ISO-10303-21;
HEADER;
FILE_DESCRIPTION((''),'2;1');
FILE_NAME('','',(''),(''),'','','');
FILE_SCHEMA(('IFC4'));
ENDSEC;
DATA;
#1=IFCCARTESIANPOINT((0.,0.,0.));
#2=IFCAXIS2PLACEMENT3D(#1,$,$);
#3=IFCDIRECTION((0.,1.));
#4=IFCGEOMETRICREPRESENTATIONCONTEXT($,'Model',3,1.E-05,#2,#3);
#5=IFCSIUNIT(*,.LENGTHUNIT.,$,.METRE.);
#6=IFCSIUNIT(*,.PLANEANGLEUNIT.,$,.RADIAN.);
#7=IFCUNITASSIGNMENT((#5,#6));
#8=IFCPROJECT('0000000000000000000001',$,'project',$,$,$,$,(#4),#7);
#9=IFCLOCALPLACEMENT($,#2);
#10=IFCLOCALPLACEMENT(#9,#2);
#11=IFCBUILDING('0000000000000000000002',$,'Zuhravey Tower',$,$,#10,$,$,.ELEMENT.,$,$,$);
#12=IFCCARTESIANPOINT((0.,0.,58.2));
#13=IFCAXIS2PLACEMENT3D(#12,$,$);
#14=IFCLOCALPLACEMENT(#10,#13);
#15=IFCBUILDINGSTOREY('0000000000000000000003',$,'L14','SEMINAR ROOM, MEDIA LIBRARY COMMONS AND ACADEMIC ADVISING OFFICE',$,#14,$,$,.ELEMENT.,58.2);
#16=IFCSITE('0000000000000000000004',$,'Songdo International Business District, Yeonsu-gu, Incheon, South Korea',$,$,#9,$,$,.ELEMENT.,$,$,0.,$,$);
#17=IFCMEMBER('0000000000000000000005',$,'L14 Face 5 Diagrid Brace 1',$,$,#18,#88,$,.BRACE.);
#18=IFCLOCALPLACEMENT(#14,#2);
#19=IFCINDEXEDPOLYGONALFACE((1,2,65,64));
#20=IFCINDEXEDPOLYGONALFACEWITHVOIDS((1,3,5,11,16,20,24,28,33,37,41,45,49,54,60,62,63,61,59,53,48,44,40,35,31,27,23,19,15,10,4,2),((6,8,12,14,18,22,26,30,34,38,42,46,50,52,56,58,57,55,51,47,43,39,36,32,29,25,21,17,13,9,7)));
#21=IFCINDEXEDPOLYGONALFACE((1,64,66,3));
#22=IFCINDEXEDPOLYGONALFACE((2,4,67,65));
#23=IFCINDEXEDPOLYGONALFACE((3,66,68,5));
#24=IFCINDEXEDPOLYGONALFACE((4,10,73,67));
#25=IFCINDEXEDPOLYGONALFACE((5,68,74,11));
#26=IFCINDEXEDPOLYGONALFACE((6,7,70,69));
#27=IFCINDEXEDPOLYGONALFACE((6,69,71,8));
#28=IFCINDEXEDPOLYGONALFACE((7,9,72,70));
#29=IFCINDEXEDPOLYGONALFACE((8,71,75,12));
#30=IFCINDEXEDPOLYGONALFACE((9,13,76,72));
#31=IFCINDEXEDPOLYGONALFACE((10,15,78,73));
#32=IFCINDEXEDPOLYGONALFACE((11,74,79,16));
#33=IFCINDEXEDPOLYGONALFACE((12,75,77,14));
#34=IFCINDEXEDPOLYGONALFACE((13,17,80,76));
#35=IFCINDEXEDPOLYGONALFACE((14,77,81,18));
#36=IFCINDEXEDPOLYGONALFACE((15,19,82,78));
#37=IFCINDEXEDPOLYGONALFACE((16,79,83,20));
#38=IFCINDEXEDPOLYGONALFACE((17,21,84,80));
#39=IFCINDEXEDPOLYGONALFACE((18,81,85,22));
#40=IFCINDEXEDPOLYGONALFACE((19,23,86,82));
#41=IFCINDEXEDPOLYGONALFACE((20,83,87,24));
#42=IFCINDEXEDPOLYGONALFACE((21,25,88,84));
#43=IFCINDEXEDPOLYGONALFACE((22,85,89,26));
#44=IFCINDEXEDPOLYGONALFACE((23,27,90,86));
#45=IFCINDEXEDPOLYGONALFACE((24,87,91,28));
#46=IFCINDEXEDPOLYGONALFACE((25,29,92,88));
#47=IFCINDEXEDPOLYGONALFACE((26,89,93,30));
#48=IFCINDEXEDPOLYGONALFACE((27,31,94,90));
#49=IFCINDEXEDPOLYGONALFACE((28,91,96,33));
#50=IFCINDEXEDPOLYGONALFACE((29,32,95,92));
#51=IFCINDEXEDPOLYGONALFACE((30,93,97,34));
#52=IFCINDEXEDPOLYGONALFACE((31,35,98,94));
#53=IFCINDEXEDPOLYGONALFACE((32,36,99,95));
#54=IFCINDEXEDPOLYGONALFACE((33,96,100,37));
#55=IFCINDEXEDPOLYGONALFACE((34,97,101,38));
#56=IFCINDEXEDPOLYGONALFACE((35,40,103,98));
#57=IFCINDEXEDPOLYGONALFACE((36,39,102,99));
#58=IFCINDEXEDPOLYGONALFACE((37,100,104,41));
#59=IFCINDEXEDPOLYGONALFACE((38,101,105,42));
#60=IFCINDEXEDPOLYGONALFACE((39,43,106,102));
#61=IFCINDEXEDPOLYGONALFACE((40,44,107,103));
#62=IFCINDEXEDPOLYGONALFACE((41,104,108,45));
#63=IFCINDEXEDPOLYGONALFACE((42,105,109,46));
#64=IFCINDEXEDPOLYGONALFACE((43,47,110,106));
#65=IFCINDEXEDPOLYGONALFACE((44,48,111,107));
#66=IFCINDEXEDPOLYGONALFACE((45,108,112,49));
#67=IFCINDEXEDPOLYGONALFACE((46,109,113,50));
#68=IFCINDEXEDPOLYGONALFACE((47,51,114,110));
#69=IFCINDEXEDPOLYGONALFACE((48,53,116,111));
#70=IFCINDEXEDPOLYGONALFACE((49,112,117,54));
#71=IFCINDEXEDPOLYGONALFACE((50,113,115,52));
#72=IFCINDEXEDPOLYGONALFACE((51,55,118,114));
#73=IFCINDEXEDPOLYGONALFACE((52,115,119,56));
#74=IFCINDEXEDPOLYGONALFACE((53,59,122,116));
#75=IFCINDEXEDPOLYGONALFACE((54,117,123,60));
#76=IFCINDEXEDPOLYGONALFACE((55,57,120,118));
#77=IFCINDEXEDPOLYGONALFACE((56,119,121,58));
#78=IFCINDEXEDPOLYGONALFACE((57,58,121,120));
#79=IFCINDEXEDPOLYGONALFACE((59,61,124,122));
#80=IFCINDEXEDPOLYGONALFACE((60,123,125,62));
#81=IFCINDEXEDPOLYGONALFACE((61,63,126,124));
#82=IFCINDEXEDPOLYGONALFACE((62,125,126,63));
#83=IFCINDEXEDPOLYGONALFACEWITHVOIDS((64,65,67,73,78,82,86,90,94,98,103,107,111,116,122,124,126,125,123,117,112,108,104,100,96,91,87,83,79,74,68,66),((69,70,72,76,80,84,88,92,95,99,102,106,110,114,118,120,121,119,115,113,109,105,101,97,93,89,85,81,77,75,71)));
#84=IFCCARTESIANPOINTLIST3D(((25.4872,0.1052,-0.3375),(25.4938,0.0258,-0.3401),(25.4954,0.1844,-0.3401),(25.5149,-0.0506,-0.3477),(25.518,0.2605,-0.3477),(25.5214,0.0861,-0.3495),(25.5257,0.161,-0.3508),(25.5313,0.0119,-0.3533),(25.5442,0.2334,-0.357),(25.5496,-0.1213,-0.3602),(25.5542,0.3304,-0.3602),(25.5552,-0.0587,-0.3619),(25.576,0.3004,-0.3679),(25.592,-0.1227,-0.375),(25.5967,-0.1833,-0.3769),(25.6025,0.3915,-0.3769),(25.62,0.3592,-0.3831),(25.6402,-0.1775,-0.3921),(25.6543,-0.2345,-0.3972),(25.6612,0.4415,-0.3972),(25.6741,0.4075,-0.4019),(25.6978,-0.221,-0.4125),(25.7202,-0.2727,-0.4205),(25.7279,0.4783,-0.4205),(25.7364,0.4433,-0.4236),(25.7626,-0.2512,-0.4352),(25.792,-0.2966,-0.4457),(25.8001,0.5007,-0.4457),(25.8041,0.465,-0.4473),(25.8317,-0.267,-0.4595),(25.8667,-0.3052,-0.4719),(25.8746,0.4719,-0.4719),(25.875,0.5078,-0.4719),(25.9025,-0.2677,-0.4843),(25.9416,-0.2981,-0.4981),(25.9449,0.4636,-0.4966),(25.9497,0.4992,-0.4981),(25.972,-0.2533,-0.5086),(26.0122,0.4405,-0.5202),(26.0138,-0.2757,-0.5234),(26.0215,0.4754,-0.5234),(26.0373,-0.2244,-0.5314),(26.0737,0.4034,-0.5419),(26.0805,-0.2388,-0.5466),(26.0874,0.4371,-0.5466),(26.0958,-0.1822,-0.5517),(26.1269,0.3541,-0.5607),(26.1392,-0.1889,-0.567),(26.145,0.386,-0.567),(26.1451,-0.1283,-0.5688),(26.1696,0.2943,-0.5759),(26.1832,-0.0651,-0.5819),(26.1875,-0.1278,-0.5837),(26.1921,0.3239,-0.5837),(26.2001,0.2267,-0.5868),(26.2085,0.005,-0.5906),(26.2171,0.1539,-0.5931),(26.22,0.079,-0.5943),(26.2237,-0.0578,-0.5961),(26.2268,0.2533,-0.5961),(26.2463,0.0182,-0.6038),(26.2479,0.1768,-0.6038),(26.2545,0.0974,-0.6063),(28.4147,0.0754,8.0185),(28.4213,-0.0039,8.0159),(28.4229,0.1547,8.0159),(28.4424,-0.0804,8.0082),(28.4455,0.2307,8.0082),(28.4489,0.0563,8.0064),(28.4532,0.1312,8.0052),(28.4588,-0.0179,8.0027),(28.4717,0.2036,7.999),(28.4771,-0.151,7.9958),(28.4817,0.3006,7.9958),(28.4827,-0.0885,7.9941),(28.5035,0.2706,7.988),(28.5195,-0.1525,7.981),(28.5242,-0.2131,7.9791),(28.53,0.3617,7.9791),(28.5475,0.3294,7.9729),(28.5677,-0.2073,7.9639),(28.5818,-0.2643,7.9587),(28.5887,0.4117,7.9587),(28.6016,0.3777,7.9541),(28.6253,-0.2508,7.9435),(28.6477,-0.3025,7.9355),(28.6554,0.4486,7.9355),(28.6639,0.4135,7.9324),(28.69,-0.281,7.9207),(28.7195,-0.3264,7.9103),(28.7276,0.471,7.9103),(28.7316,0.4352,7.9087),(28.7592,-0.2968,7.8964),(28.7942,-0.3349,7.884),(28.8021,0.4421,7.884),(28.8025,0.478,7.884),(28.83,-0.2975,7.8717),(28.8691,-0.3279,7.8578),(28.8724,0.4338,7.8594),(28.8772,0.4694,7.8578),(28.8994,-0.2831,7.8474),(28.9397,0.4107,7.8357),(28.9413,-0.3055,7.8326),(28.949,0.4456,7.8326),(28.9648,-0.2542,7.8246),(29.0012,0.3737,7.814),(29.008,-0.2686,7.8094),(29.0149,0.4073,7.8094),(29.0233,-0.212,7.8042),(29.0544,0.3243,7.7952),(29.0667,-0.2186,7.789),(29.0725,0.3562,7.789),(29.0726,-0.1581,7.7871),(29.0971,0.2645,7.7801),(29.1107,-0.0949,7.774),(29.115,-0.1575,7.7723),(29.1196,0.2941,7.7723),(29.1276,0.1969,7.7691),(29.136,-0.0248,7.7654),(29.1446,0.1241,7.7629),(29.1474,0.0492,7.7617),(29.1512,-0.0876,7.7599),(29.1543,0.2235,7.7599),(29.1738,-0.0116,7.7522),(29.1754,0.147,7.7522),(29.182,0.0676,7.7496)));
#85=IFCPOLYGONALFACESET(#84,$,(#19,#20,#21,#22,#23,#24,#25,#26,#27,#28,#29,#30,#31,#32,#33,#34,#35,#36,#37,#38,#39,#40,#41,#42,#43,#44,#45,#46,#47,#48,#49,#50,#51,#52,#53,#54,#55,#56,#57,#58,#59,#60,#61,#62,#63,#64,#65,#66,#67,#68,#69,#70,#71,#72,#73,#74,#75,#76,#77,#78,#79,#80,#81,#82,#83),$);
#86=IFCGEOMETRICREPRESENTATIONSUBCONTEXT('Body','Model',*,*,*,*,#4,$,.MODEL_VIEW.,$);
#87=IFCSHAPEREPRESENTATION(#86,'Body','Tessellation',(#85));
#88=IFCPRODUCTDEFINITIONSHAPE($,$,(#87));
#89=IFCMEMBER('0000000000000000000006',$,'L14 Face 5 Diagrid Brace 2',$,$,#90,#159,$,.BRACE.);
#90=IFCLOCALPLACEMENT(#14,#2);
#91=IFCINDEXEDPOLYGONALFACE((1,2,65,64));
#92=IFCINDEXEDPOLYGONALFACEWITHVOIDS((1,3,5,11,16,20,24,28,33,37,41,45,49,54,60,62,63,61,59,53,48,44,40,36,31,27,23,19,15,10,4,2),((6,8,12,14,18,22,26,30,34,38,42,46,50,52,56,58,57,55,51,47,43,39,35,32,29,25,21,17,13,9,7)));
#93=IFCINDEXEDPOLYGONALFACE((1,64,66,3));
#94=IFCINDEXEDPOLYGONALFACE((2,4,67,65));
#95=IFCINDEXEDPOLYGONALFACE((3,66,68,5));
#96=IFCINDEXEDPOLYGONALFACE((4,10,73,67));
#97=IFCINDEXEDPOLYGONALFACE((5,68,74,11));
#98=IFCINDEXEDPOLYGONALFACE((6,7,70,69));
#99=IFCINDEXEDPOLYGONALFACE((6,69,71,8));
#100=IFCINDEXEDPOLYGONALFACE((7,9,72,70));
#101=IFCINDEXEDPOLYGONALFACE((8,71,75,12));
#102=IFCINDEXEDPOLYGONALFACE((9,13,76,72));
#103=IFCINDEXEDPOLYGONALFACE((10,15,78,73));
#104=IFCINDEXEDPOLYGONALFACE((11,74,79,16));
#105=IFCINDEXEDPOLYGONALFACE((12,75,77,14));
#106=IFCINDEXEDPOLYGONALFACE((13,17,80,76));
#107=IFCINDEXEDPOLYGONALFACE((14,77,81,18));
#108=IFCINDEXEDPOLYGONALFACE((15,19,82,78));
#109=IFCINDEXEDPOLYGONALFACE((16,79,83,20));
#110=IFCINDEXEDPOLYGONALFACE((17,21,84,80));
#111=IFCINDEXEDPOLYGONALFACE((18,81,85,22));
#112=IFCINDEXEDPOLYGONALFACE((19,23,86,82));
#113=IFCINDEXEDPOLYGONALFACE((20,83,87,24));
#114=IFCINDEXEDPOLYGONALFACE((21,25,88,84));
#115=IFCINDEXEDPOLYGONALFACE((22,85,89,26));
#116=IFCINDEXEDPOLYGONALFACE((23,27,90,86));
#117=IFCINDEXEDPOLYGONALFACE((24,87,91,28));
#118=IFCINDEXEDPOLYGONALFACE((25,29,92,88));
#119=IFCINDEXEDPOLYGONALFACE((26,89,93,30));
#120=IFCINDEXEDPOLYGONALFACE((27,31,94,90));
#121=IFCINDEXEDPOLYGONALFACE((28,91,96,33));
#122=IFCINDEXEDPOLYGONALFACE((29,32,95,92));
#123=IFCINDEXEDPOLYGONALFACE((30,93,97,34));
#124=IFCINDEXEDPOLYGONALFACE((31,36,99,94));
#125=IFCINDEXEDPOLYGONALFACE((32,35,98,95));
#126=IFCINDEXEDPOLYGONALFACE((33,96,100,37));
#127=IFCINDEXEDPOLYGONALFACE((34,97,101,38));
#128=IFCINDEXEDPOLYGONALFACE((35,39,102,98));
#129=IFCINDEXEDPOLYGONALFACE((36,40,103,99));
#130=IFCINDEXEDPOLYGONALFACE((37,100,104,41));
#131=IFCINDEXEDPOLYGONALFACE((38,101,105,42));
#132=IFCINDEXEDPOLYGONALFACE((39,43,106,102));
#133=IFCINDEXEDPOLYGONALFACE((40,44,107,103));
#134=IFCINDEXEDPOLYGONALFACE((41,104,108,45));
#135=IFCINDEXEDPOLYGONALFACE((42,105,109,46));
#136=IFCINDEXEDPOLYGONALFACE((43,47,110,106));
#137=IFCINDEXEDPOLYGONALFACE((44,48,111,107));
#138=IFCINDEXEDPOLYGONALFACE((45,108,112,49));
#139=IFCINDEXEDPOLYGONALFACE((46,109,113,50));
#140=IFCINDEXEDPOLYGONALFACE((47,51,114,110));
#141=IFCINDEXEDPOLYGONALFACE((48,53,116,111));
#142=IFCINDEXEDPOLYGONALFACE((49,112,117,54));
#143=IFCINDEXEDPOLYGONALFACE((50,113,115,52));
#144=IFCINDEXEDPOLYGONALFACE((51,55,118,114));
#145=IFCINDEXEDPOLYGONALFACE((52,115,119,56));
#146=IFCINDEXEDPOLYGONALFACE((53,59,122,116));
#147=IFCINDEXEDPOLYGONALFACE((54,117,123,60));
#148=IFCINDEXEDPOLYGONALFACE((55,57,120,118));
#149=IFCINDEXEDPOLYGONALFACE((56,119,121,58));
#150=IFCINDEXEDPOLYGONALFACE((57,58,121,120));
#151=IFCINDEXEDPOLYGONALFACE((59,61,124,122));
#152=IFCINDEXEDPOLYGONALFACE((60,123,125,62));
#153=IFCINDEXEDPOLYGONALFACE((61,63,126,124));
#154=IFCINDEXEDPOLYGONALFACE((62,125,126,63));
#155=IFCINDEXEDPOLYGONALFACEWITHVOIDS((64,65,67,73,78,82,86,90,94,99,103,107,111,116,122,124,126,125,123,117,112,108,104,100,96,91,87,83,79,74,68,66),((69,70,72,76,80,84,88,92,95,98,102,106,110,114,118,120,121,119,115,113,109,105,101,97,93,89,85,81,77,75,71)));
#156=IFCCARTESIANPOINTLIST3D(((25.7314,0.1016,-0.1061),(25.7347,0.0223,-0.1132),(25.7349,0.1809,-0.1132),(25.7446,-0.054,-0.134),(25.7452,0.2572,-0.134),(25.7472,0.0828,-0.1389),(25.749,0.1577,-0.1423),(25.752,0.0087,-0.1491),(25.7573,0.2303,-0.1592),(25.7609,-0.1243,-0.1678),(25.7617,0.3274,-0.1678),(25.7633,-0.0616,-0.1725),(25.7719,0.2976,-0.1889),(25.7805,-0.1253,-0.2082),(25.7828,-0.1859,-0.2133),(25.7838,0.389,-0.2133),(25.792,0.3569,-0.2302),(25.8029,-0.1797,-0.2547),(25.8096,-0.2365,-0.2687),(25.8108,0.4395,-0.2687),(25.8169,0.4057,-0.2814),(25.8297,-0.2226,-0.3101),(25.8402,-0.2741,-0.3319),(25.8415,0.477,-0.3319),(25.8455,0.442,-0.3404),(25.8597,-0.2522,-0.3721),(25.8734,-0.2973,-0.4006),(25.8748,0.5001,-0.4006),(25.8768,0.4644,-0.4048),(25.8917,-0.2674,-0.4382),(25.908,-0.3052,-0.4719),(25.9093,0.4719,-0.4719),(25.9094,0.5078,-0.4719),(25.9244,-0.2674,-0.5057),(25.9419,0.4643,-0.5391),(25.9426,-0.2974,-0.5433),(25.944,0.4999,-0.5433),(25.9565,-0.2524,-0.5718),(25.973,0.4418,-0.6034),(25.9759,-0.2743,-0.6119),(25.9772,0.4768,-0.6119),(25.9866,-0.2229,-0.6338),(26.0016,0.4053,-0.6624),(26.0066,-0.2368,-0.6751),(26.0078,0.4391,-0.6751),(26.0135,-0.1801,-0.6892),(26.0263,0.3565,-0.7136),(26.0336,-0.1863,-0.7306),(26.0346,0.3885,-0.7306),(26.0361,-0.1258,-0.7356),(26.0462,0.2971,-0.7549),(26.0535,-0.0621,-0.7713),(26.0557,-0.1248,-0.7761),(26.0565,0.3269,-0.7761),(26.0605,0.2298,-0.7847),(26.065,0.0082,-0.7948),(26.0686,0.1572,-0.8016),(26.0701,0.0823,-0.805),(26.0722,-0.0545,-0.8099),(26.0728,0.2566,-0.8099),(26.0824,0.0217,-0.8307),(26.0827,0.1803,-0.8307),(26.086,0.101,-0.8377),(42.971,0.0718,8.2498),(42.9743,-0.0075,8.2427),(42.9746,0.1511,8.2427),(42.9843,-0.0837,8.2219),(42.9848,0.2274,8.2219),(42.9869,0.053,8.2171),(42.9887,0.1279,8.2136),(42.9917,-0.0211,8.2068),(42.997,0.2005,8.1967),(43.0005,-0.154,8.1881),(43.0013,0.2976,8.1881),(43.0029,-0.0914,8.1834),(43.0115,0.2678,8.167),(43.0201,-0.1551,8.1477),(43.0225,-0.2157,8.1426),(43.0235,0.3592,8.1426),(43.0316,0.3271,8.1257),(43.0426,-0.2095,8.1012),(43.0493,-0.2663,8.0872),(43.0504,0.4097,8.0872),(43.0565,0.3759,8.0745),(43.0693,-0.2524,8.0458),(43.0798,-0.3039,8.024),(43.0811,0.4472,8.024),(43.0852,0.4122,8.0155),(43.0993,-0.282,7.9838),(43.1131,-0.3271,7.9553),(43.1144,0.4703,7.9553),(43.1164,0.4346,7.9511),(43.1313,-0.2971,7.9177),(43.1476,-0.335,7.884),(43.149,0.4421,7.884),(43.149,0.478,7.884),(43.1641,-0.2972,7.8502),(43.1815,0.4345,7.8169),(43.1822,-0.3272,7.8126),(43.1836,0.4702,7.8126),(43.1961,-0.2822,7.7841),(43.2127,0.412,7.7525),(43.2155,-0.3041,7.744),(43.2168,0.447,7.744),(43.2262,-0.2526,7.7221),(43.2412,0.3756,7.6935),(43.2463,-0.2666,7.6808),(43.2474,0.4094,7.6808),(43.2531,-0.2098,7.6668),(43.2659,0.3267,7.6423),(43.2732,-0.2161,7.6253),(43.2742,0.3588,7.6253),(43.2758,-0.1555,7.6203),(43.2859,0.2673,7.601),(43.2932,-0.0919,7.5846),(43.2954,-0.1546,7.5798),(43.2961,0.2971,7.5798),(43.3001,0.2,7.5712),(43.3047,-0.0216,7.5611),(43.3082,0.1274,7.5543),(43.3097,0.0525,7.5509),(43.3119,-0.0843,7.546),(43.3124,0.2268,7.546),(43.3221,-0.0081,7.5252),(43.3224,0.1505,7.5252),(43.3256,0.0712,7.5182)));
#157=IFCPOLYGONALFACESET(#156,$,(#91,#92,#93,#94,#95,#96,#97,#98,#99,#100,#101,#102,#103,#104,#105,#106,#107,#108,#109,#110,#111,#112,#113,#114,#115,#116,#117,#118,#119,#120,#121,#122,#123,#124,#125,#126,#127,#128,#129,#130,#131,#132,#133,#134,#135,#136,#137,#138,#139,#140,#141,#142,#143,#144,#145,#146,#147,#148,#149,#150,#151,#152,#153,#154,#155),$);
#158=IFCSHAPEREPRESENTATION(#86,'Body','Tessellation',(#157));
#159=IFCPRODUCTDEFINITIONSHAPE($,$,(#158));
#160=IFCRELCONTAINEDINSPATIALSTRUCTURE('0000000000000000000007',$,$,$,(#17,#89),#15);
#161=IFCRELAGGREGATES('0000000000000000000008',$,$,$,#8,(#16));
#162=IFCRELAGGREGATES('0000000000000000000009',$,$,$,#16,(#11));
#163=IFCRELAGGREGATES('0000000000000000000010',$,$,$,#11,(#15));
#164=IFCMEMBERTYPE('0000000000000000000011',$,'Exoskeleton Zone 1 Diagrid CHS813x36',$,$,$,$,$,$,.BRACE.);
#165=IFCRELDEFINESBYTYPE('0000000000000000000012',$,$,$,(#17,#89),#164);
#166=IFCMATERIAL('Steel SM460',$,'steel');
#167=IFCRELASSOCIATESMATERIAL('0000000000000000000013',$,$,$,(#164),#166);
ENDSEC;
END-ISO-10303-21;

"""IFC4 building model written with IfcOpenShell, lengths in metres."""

from ifc_helpers import new_model, si_unit, direction, frame, origin, origin_2d, place, context, subcontext, project, spatial, hollow_circle, extrude, material, material_profile, profile_set, type_object, element, save


model = new_model("IFC4")

# Units and contexts
model_context = context("Model", 3, precision=1e-05, world=origin(), true_north=direction((0.0, 1.0)))
body_context = subcontext(model_context, "Body", "Model", "MODEL_VIEW")
ifc_project = project(units=[si_unit("LENGTHUNIT", "METRE"), si_unit("PLANEANGLEUNIT", "RADIAN")], contexts=[model_context])

# Site, building, storey
site_placement = place(None, origin())
site = spatial("IfcSite", under=ifc_project, at=site_placement, Name="Songdo International Business District, Yeonsu-gu, Incheon, South Korea", CompositionType="ELEMENT", RefElevation=0.0)
building_placement = place(site_placement, origin())
building = spatial("IfcBuilding", under=site, at=building_placement, Name="Zuhravey Tower", CompositionType="ELEMENT")
storey_placement = place(building_placement, frame((0.0, 0.0, 58.2)))
storey = spatial("IfcBuildingStorey", under=building, at=storey_placement, Name="L14", Description="SEMINAR ROOM, MEDIA LIBRARY COMMONS AND ACADEMIC ADVISING OFFICE", CompositionType="ELEMENT", Elevation=58.2)

# Members
ifc_material_1 = material(Name="Steel SM460", Category="steel")
ifc_material_profile_1 = material_profile(ifc_material_1, hollow_circle(Radius=0.4065, WallThickness=0.0359, at=origin_2d()), Name="CHS-812.8x36")
ifc_profile_set_1 = profile_set([ifc_material_profile_1], Name="Steel SM460")
member_type_1 = type_object("IfcMemberType", Name="Exoskeleton Zone 1 Diagrid CHS813x36", PredefinedType="BRACE", material=ifc_profile_set_1)
member_1_placement = place(storey_placement, frame((25.8708, 0.1013, -0.4719), z_axis=(0.330641, -0.003364, 0.943751), x_axis=(0.010174, 0.999948, 0.0)))
element("IfcMember", 1, at=member_1_placement, inside=storey, type_object=member_type_1, Name="L14 Face 5 Diagrid Brace 1", PredefinedType="BRACE", context=body_context, shape_type="SweptSolid", body=[
    extrude(hollow_circle(Radius=0.4065, WallThickness=0.0359, at=origin_2d()), origin(), (0.0, 0.0, 1.0), 8.854),
])
member_2_placement = place(storey_placement, frame((25.9087, 0.1013, -0.4719), z_axis=(0.899868, -0.001555, 0.436159), x_axis=(0.001728, 0.999999, 0.0)))
element("IfcMember", 2, at=member_2_placement, inside=storey, type_object=member_type_1, Name="L14 Face 5 Diagrid Brace 2", PredefinedType="BRACE", context=body_context, shape_type="SweptSolid", body=[
    extrude(hollow_circle(Radius=0.4065, WallThickness=0.0359, at=origin_2d()), origin(), (0.0, 0.0, 1.0), 19.158),
])

save(model, "model.ifc")
